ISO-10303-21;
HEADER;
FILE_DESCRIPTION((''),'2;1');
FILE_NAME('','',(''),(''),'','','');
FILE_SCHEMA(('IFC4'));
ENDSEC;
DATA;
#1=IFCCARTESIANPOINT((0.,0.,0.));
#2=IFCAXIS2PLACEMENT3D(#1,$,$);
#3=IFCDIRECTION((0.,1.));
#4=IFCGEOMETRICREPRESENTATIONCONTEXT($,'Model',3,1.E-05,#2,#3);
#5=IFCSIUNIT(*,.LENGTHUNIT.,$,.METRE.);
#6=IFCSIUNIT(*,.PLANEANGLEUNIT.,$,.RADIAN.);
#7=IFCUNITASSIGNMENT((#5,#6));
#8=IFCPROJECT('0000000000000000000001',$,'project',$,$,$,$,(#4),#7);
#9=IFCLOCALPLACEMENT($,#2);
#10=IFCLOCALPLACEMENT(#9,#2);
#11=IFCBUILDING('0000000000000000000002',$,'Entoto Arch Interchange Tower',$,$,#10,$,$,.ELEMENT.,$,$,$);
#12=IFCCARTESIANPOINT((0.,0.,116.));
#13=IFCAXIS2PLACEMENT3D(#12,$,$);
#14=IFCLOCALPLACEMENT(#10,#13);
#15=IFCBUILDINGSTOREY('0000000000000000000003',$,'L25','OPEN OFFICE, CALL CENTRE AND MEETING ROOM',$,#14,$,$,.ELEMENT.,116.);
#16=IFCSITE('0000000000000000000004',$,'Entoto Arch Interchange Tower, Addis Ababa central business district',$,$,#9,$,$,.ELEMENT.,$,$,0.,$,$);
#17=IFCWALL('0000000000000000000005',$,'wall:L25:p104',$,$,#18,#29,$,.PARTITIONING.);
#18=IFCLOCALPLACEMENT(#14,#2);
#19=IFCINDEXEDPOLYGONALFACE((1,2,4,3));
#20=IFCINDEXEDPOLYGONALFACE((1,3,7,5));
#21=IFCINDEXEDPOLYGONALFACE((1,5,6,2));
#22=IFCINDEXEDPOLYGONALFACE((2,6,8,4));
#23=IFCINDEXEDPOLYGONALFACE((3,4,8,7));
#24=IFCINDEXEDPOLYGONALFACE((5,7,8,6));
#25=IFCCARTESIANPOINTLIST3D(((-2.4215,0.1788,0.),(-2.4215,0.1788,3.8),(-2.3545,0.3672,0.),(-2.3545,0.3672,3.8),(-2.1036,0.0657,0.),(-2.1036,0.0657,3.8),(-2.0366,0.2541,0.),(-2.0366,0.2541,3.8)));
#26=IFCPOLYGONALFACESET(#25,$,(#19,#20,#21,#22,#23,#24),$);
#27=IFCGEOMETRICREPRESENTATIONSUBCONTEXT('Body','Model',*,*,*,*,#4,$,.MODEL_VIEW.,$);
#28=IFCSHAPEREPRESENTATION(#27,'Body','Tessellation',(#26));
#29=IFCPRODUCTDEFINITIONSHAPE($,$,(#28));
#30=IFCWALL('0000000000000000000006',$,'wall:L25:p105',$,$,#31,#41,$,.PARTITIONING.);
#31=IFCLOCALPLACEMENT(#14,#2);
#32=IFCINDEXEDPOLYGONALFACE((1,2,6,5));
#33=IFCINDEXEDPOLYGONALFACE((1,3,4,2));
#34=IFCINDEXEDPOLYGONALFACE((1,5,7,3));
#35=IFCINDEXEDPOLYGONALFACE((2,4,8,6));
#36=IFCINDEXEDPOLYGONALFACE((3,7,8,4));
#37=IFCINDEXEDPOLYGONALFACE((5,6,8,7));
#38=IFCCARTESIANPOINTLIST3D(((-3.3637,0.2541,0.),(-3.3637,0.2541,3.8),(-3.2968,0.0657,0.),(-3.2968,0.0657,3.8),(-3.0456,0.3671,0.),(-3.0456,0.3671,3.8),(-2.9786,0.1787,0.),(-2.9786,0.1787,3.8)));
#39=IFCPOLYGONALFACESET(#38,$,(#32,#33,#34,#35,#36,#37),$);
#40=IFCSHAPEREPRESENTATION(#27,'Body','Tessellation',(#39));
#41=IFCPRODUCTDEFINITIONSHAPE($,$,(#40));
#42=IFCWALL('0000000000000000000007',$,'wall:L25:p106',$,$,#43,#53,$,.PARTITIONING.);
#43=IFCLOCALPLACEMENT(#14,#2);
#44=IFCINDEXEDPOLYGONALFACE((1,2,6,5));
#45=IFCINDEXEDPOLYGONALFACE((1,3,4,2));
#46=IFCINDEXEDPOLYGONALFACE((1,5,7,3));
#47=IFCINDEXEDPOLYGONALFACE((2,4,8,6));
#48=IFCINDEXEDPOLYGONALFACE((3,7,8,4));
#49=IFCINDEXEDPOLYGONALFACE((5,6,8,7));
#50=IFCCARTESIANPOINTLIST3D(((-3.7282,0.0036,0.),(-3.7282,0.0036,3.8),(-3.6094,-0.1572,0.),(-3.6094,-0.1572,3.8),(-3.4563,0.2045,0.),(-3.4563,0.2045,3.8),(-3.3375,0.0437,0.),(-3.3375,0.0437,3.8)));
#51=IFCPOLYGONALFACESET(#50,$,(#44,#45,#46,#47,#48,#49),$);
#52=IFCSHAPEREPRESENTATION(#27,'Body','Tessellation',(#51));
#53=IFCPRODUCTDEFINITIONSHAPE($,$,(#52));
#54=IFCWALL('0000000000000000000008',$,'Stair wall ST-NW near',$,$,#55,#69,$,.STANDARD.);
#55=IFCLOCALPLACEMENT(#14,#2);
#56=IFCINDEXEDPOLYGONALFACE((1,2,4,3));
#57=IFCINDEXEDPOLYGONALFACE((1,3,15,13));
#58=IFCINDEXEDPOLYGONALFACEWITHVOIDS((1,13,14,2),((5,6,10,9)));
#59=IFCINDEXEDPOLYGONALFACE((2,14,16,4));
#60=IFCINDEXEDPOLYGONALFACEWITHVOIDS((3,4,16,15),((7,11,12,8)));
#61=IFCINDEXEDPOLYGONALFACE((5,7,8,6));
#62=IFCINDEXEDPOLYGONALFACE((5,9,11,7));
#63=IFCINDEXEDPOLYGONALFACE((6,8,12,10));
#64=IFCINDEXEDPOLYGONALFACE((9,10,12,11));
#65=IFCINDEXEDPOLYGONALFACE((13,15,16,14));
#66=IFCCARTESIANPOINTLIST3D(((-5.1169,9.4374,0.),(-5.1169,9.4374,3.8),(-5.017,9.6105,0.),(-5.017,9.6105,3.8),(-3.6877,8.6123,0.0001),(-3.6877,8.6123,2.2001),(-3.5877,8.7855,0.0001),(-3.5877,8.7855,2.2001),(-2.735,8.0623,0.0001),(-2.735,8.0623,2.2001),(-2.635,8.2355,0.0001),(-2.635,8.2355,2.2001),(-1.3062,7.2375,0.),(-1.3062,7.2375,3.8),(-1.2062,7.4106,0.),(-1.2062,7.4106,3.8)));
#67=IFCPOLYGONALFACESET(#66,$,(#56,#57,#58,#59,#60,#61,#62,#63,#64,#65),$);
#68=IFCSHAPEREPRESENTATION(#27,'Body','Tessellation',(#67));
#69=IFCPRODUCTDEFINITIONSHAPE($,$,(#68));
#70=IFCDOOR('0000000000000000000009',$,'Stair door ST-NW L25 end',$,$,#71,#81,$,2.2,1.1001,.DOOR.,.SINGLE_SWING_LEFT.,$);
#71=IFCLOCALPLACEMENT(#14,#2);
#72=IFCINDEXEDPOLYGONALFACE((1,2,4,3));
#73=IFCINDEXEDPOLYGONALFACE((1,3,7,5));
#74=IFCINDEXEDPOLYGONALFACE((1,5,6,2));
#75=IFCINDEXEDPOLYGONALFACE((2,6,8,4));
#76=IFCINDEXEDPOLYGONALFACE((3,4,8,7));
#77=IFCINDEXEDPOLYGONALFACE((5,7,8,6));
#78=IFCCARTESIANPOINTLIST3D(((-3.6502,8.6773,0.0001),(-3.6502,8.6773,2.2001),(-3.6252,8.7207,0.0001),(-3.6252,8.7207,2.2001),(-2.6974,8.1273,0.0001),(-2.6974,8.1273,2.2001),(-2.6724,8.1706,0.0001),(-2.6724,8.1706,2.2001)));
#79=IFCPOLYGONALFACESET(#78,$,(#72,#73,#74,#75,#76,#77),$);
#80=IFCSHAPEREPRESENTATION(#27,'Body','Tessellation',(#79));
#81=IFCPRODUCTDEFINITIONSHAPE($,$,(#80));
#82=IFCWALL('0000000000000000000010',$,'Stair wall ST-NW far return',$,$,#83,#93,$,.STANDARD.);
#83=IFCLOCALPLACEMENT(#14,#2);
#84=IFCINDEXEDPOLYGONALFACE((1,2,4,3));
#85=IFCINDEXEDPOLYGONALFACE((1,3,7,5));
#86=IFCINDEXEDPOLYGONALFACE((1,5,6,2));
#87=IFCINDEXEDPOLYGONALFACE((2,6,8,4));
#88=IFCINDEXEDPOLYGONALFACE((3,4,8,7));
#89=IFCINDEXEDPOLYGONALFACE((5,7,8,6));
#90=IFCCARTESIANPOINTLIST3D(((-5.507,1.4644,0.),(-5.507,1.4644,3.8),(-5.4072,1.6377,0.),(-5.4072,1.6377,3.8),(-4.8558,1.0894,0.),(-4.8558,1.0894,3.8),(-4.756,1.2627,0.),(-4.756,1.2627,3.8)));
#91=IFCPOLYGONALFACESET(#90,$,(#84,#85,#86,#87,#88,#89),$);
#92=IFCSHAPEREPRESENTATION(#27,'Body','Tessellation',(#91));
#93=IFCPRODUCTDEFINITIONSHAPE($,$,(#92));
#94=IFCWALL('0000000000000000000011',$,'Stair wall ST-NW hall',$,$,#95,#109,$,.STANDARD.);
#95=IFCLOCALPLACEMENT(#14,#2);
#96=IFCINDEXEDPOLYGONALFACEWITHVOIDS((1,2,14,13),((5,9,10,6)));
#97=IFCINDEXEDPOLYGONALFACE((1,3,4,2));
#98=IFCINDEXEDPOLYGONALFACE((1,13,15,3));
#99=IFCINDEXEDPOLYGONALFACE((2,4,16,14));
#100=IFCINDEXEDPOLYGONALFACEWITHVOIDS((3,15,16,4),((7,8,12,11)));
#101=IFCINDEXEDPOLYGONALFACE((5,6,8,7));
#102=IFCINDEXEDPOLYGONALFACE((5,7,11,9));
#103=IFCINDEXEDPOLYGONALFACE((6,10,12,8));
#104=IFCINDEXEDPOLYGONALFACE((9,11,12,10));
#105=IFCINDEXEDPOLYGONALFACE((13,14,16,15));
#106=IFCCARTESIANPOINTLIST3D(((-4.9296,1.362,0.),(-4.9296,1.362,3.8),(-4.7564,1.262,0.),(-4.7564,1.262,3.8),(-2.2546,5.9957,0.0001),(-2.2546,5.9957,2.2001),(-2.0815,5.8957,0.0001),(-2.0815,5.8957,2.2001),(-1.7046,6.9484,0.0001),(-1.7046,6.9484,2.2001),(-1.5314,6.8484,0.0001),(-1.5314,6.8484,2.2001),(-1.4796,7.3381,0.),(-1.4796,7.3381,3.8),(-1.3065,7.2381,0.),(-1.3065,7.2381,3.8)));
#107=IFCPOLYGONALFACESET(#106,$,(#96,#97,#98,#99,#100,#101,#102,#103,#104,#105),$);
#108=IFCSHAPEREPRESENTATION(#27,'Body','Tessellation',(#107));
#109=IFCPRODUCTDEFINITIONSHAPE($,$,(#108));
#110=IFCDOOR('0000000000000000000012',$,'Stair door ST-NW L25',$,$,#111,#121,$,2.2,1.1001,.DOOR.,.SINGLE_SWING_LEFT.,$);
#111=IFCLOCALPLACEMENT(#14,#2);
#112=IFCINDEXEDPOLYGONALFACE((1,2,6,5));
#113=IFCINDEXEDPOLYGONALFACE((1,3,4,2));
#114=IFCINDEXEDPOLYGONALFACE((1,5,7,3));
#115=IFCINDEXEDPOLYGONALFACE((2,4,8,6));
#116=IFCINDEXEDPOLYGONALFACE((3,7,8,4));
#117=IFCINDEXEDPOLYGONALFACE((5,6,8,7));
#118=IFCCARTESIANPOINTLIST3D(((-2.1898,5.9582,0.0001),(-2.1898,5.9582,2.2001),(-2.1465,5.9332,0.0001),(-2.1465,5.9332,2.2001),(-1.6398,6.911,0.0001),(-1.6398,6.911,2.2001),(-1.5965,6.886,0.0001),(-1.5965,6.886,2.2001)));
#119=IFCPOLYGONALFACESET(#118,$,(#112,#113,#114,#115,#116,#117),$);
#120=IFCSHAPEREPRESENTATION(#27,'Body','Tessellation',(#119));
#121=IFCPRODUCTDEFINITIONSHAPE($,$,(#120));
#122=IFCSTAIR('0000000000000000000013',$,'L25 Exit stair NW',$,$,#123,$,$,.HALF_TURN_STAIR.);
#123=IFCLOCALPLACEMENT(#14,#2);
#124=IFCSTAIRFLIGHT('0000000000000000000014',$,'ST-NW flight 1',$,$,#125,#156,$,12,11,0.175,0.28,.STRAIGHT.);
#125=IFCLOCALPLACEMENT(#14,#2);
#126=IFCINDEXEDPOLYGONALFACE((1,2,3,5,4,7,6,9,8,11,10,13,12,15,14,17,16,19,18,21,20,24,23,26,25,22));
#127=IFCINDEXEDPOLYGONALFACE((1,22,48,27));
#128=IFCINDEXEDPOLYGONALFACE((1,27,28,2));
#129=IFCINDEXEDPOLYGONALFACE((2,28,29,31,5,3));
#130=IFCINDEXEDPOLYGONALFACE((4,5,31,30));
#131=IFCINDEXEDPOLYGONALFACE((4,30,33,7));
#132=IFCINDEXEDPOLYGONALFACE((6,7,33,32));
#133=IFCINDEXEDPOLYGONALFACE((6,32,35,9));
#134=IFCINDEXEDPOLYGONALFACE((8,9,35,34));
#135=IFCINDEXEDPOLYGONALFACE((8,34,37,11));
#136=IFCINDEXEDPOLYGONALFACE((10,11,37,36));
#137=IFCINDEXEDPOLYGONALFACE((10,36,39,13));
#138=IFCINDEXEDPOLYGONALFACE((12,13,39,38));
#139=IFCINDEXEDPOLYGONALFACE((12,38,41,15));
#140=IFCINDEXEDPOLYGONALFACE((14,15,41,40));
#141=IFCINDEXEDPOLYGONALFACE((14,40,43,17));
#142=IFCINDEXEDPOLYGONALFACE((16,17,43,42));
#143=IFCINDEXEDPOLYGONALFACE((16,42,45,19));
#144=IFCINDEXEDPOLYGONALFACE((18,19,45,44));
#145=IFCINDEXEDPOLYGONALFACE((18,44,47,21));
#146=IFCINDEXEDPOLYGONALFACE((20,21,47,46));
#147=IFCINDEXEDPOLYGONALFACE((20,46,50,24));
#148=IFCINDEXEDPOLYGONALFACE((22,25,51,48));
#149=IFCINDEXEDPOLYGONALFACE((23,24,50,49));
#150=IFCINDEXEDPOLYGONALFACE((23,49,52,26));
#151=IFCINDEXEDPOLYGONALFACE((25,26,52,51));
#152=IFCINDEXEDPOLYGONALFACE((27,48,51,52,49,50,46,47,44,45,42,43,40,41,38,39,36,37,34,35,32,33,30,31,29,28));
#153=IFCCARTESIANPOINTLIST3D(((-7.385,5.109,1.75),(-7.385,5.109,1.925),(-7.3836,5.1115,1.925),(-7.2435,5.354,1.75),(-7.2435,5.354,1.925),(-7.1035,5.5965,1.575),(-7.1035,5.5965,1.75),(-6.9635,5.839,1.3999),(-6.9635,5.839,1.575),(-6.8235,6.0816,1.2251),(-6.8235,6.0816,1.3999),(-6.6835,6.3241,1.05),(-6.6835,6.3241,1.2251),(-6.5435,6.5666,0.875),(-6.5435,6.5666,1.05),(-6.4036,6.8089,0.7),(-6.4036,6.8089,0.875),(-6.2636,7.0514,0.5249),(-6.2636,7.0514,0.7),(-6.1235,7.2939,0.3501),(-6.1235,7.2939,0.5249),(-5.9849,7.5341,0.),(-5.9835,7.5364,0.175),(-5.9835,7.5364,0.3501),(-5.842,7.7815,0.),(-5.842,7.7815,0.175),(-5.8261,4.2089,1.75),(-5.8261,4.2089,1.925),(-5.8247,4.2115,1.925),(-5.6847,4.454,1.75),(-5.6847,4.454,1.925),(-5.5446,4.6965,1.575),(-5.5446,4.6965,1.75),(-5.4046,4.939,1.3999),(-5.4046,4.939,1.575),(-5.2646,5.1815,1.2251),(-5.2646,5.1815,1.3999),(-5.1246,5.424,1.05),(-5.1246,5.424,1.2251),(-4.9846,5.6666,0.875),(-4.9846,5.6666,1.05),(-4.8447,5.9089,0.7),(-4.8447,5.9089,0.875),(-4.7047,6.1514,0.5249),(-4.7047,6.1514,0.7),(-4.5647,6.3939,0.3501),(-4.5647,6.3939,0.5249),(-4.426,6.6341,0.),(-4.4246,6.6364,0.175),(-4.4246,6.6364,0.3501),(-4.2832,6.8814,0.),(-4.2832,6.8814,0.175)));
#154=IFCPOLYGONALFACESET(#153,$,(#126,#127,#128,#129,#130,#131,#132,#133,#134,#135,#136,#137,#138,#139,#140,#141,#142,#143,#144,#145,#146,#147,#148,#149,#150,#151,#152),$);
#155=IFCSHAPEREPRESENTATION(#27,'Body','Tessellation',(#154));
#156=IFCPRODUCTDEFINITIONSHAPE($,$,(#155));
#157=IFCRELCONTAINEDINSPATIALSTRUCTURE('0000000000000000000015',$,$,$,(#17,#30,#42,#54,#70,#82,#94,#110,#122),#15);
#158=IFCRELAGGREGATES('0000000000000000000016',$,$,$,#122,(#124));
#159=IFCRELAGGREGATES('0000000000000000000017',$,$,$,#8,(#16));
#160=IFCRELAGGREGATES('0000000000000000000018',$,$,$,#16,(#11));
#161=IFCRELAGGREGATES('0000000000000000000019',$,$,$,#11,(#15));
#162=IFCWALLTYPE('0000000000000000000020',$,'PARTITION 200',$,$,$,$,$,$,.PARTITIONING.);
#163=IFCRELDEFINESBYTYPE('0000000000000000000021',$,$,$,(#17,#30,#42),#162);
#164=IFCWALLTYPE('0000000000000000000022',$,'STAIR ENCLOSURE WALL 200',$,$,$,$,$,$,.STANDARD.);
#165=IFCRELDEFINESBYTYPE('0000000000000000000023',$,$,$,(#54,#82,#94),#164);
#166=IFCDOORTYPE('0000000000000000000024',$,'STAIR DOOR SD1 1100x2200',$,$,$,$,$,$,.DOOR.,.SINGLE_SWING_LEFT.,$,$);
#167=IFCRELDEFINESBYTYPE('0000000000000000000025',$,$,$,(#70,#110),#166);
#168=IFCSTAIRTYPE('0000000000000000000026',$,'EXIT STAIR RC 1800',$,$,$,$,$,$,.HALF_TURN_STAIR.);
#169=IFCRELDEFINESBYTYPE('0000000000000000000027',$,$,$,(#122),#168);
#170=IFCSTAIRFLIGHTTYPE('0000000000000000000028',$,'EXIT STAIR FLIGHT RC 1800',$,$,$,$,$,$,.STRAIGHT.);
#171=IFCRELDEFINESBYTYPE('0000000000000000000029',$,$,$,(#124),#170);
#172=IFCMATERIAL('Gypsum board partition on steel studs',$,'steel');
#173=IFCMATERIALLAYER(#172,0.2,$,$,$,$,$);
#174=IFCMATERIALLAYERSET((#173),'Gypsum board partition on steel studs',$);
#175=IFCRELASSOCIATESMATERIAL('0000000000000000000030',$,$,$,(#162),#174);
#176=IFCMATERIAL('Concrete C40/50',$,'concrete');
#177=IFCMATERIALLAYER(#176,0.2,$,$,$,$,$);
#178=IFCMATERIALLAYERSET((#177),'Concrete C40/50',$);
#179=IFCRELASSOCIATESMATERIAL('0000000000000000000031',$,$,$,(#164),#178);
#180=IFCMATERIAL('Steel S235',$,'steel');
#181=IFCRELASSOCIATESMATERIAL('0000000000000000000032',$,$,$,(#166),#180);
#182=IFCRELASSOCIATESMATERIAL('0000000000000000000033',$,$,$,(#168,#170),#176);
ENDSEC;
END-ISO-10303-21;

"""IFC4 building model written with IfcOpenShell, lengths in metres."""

from ifc_helpers import new_model, si_unit, direction, frame, frame_2d, origin, place, context, subcontext, project, spatial, polyline, rectangle, outline, extrude, material, layer, layer_set, type_object, element, fill, aggregate, save


model = new_model("IFC4")

# Units and contexts
model_context = context("Model", 3, precision=1e-05, world=origin(), true_north=direction((0.0, 1.0)))
body_context = subcontext(model_context, "Body", "Model", "MODEL_VIEW")
ifc_project = project(units=[si_unit("LENGTHUNIT", "METRE"), si_unit("PLANEANGLEUNIT", "RADIAN")], contexts=[model_context])

# Site, building, storey
site_placement = place(None, origin())
site = spatial("IfcSite", under=ifc_project, at=site_placement, Name="Entoto Arch Interchange Tower, Addis Ababa central business district", CompositionType="ELEMENT", RefElevation=0.0)
building_placement = place(site_placement, origin())
building = spatial("IfcBuilding", under=site, at=building_placement, Name="Entoto Arch Interchange Tower", CompositionType="ELEMENT")
storey_placement = place(building_placement, frame((0.0, 0.0, 116.0)))
storey = spatial("IfcBuildingStorey", under=building, at=storey_placement, Name="L25", Description="OPEN OFFICE, CALL CENTRE AND MEETING ROOM", CompositionType="ELEMENT", Elevation=116.0)

# Shared definitions
ifc_material_1 = material(Name="Concrete C40/50", Category="concrete")
ifc_material_2 = material(Name="Gypsum board partition on steel studs", Category="steel")
ifc_layer_1 = layer(ifc_material_2, 0.2)
ifc_layer_set_1 = layer_set([ifc_layer_1], Name="Gypsum board partition on steel studs")
wall_type_1 = type_object("IfcWallType", Name="PARTITION 200", PredefinedType="PARTITIONING", material=ifc_layer_set_1)

# Walls
wall_1_placement = place(storey_placement, frame((-2.0701, 0.1599, 0.0), z_axis=(0.0, 0.0, 1.0), x_axis=(-0.942199, 0.335052, 0.0)))
element("IfcWall", 1, at=wall_1_placement, inside=storey, type_object=wall_type_1, Name="wall:L25:p104", PredefinedType="PARTITIONING", context=body_context, shape_type="SweptSolid", body=[
    extrude(rectangle(XDim=0.3374, YDim=0.2, at=frame_2d((0.1687, 0.0))), origin(), (0.0, 0.0, 1.0), 3.8),
])
wall_2_placement = place(storey_placement, frame((-3.012, 0.2729, 0.0), z_axis=(0.0, 0.0, 1.0), x_axis=(-0.942281, -0.334824, 0.0)))
element("IfcWall", 2, at=wall_2_placement, inside=storey, type_object=wall_type_1, Name="wall:L25:p105", PredefinedType="PARTITIONING", context=body_context, shape_type="SweptSolid", body=[
    extrude(rectangle(XDim=0.3376, YDim=0.2, at=frame_2d((0.1689, 0.0))), origin(), (0.0, 0.0, 1.0), 3.8),
])
wall_3_placement = place(storey_placement, frame((-3.397, 0.124, 0.0), z_axis=(0.0, 0.0, 1.0), x_axis=(-0.804311, -0.594208, 0.0)))
element("IfcWall", 3, at=wall_3_placement, inside=storey, type_object=wall_type_1, Name="wall:L25:p106", PredefinedType="PARTITIONING", context=body_context, shape_type="SweptSolid", body=[
    extrude(rectangle(XDim=0.3381, YDim=0.2, at=frame_2d((0.1689, 0.0))), origin(), (0.0, 0.0, 1.0), 3.8),
])

# Wall, opening, door
ifc_layer_2 = layer(ifc_material_1, 0.2)
ifc_layer_set_2 = layer_set([ifc_layer_2], Name="Concrete C40/50")
wall_type_2 = type_object("IfcWallType", Name="STAIR ENCLOSURE WALL 200", PredefinedType="STANDARD", material=ifc_layer_set_2)
wall_4_placement = place(storey_placement, frame((-1.2561, 7.324, 0.0), z_axis=(0.0, 0.0, 1.0), x_axis=(-0.866046, 0.499964, 0.0)))
wall_4 = element("IfcWall", 4, at=wall_4_placement, inside=storey, type_object=wall_type_2, Name="Stair wall ST-NW near", PredefinedType="STANDARD", context=body_context, shape_type="SweptSolid", body=[
    extrude(rectangle(XDim=4.4001, YDim=0.2, at=frame_2d((2.2002, 0.0))), origin(), (0.0, 0.0, 1.0), 3.8),
])
opening_1_placement = place(wall_4_placement, frame((1.6499, 0.0, 0.0)))
opening_1 = element("IfcOpeningElement", 5, at=opening_1_placement, cuts=wall_4, PredefinedType="OPENING", context=body_context, shape_type="SweptSolid", body=[
    extrude(rectangle(XDim=1.1001, YDim=2.2, at=frame_2d((0.55, 1.1001))), frame((0.0, 0.1099, 0.0), z_axis=(0.0, -1.0, 0.0), x_axis=(1.0, 0.0, 0.0)), (0.0, 0.0, 1.0), 0.22),
])
ifc_material_3 = material(Name="Steel S235", Category="steel")
door_type_1 = type_object("IfcDoorType", Name="STAIR DOOR SD1 1100x2200", OperationType="SINGLE_SWING_LEFT", PredefinedType="DOOR", material=ifc_material_3)
door_1_placement = place(opening_1_placement, origin())
door_1 = element("IfcDoor", 6, at=door_1_placement, inside=storey, type_object=door_type_1, Name="Stair door ST-NW L25 end", OperationType="SINGLE_SWING_LEFT", OverallHeight=2.2, OverallWidth=1.1001, PredefinedType="DOOR", context=body_context, shape_type="SweptSolid", body=[
    extrude(rectangle(XDim=1.1001, YDim=2.2, at=frame_2d((0.55, 1.1001))), frame((0.0, 0.0249, 0.0), z_axis=(0.0, -1.0, 0.0), x_axis=(1.0, 0.0, 0.0)), (0.0, 0.0, 1.0), 0.05),
])
fill(opening_1, door_1)

# Wall
wall_5_placement = place(storey_placement, frame((-4.8059, 1.176, 0.0), z_axis=(0.0, 0.0, 1.0), x_axis=(-0.866559, 0.499075, 0.0)))
element("IfcWall", 7, at=wall_5_placement, inside=storey, type_object=wall_type_2, Name="Stair wall ST-NW far return", PredefinedType="STANDARD", context=body_context, shape_type="SweptSolid", body=[
    extrude(rectangle(XDim=0.7515, YDim=0.2, at=frame_2d((0.3757, 0.0))), origin(), (0.0, 0.0, 1.0), 3.8),
])

# Wall, opening, door
wall_6_placement = place(storey_placement, frame((-1.3931, 7.2881, 0.0), z_axis=(0.0, 0.0, 1.0), x_axis=(-0.499963, -0.866047, 0.0)))
wall_6 = element("IfcWall", 8, at=wall_6_placement, inside=storey, type_object=wall_type_2, Name="Stair wall ST-NW hall", PredefinedType="STANDARD", context=body_context, shape_type="SweptSolid", body=[
    extrude(rectangle(XDim=6.9004, YDim=0.2, at=frame_2d((3.4502, 0.0))), origin(), (0.0, 0.0, 1.0), 3.8),
])
opening_2_placement = place(wall_6_placement, frame((0.45, 0.0, 0.0)))
opening_2 = element("IfcOpeningElement", 9, at=opening_2_placement, cuts=wall_6, PredefinedType="OPENING", context=body_context, shape_type="SweptSolid", body=[
    extrude(rectangle(XDim=1.1001, YDim=2.2, at=frame_2d((0.55, 1.1001))), frame((0.0, 0.1099, 0.0), z_axis=(0.0, -1.0, 0.0), x_axis=(1.0, 0.0, 0.0)), (0.0, 0.0, 1.0), 0.22),
])
door_2_placement = place(opening_2_placement, origin())
door_2 = element("IfcDoor", 10, at=door_2_placement, inside=storey, type_object=door_type_1, Name="Stair door ST-NW L25", OperationType="SINGLE_SWING_LEFT", OverallHeight=2.2, OverallWidth=1.1001, PredefinedType="DOOR", context=body_context, shape_type="SweptSolid", body=[
    extrude(rectangle(XDim=1.1001, YDim=2.2, at=frame_2d((0.55, 1.1001))), frame((0.0, 0.0249, 0.0), z_axis=(0.0, -1.0, 0.0), x_axis=(1.0, 0.0, 0.0)), (0.0, 0.0, 1.0), 0.05),
])
fill(opening_2, door_2)

# Stair, stair flight
stair_type = type_object("IfcStairType", Name="EXIT STAIR RC 1800", PredefinedType="HALF_TURN_STAIR", material=ifc_material_1)
stair_placement = place(storey_placement, origin())
stair = element("IfcStair", 11, at=stair_placement, inside=storey, type_object=stair_type, Name="L25 Exit stair NW", PredefinedType="HALF_TURN_STAIR")
stair_flight_type = type_object("IfcStairFlightType", Name="EXIT STAIR FLIGHT RC 1800", PredefinedType="STRAIGHT", material=ifc_material_1)
stair_flight_1_placement = place(storey_placement, frame((-5.064, 7.3289, 0.0), z_axis=(0.0, 0.0, 1.0), x_axis=(-0.5, -0.866025, 0.0)))
stair_flight_1 = element("IfcStairFlight", 12, at=stair_flight_1_placement, type_object=stair_flight_type, Name="ST-NW flight 1", NumberOfRisers=12, NumberOfTreads=11, PredefinedType="STRAIGHT", RiserHeight=0.175, TreadLength=0.28, context=body_context, shape_type="SweptSolid", body=[
    extrude(outline(polyline([(-0.0029, 0.0), (-0.0029, 0.175), (0.28, 0.175), (0.28, 0.3501), (0.5601, 0.3501), (0.5601, 0.5249), (0.8401, 0.5249), (0.8401, 0.7), (1.1201, 0.7), (1.1201, 0.875), (1.3999, 0.875), (1.3999, 1.05), (1.6799, 1.05), (1.6799, 1.2251), (1.96, 1.2251), (1.96, 1.3999), (2.24, 1.3999), (2.24, 1.575), (2.52, 1.575), (2.52, 1.75), (2.8, 1.75), (2.8, 1.925), (3.0801, 1.925), (3.083, 1.925), (3.083, 1.75), (0.2827, 0.0), (-0.0029, 0.0)])), frame((0.0, 0.8999, 0.0), z_axis=(0.0, -1.0, 0.0), x_axis=(1.0, 0.0, 0.0)), (0.0, 0.0, 1.0), 1.8),
])
aggregate(stair, [stair_flight_1])

save(model, "model.ifc")
